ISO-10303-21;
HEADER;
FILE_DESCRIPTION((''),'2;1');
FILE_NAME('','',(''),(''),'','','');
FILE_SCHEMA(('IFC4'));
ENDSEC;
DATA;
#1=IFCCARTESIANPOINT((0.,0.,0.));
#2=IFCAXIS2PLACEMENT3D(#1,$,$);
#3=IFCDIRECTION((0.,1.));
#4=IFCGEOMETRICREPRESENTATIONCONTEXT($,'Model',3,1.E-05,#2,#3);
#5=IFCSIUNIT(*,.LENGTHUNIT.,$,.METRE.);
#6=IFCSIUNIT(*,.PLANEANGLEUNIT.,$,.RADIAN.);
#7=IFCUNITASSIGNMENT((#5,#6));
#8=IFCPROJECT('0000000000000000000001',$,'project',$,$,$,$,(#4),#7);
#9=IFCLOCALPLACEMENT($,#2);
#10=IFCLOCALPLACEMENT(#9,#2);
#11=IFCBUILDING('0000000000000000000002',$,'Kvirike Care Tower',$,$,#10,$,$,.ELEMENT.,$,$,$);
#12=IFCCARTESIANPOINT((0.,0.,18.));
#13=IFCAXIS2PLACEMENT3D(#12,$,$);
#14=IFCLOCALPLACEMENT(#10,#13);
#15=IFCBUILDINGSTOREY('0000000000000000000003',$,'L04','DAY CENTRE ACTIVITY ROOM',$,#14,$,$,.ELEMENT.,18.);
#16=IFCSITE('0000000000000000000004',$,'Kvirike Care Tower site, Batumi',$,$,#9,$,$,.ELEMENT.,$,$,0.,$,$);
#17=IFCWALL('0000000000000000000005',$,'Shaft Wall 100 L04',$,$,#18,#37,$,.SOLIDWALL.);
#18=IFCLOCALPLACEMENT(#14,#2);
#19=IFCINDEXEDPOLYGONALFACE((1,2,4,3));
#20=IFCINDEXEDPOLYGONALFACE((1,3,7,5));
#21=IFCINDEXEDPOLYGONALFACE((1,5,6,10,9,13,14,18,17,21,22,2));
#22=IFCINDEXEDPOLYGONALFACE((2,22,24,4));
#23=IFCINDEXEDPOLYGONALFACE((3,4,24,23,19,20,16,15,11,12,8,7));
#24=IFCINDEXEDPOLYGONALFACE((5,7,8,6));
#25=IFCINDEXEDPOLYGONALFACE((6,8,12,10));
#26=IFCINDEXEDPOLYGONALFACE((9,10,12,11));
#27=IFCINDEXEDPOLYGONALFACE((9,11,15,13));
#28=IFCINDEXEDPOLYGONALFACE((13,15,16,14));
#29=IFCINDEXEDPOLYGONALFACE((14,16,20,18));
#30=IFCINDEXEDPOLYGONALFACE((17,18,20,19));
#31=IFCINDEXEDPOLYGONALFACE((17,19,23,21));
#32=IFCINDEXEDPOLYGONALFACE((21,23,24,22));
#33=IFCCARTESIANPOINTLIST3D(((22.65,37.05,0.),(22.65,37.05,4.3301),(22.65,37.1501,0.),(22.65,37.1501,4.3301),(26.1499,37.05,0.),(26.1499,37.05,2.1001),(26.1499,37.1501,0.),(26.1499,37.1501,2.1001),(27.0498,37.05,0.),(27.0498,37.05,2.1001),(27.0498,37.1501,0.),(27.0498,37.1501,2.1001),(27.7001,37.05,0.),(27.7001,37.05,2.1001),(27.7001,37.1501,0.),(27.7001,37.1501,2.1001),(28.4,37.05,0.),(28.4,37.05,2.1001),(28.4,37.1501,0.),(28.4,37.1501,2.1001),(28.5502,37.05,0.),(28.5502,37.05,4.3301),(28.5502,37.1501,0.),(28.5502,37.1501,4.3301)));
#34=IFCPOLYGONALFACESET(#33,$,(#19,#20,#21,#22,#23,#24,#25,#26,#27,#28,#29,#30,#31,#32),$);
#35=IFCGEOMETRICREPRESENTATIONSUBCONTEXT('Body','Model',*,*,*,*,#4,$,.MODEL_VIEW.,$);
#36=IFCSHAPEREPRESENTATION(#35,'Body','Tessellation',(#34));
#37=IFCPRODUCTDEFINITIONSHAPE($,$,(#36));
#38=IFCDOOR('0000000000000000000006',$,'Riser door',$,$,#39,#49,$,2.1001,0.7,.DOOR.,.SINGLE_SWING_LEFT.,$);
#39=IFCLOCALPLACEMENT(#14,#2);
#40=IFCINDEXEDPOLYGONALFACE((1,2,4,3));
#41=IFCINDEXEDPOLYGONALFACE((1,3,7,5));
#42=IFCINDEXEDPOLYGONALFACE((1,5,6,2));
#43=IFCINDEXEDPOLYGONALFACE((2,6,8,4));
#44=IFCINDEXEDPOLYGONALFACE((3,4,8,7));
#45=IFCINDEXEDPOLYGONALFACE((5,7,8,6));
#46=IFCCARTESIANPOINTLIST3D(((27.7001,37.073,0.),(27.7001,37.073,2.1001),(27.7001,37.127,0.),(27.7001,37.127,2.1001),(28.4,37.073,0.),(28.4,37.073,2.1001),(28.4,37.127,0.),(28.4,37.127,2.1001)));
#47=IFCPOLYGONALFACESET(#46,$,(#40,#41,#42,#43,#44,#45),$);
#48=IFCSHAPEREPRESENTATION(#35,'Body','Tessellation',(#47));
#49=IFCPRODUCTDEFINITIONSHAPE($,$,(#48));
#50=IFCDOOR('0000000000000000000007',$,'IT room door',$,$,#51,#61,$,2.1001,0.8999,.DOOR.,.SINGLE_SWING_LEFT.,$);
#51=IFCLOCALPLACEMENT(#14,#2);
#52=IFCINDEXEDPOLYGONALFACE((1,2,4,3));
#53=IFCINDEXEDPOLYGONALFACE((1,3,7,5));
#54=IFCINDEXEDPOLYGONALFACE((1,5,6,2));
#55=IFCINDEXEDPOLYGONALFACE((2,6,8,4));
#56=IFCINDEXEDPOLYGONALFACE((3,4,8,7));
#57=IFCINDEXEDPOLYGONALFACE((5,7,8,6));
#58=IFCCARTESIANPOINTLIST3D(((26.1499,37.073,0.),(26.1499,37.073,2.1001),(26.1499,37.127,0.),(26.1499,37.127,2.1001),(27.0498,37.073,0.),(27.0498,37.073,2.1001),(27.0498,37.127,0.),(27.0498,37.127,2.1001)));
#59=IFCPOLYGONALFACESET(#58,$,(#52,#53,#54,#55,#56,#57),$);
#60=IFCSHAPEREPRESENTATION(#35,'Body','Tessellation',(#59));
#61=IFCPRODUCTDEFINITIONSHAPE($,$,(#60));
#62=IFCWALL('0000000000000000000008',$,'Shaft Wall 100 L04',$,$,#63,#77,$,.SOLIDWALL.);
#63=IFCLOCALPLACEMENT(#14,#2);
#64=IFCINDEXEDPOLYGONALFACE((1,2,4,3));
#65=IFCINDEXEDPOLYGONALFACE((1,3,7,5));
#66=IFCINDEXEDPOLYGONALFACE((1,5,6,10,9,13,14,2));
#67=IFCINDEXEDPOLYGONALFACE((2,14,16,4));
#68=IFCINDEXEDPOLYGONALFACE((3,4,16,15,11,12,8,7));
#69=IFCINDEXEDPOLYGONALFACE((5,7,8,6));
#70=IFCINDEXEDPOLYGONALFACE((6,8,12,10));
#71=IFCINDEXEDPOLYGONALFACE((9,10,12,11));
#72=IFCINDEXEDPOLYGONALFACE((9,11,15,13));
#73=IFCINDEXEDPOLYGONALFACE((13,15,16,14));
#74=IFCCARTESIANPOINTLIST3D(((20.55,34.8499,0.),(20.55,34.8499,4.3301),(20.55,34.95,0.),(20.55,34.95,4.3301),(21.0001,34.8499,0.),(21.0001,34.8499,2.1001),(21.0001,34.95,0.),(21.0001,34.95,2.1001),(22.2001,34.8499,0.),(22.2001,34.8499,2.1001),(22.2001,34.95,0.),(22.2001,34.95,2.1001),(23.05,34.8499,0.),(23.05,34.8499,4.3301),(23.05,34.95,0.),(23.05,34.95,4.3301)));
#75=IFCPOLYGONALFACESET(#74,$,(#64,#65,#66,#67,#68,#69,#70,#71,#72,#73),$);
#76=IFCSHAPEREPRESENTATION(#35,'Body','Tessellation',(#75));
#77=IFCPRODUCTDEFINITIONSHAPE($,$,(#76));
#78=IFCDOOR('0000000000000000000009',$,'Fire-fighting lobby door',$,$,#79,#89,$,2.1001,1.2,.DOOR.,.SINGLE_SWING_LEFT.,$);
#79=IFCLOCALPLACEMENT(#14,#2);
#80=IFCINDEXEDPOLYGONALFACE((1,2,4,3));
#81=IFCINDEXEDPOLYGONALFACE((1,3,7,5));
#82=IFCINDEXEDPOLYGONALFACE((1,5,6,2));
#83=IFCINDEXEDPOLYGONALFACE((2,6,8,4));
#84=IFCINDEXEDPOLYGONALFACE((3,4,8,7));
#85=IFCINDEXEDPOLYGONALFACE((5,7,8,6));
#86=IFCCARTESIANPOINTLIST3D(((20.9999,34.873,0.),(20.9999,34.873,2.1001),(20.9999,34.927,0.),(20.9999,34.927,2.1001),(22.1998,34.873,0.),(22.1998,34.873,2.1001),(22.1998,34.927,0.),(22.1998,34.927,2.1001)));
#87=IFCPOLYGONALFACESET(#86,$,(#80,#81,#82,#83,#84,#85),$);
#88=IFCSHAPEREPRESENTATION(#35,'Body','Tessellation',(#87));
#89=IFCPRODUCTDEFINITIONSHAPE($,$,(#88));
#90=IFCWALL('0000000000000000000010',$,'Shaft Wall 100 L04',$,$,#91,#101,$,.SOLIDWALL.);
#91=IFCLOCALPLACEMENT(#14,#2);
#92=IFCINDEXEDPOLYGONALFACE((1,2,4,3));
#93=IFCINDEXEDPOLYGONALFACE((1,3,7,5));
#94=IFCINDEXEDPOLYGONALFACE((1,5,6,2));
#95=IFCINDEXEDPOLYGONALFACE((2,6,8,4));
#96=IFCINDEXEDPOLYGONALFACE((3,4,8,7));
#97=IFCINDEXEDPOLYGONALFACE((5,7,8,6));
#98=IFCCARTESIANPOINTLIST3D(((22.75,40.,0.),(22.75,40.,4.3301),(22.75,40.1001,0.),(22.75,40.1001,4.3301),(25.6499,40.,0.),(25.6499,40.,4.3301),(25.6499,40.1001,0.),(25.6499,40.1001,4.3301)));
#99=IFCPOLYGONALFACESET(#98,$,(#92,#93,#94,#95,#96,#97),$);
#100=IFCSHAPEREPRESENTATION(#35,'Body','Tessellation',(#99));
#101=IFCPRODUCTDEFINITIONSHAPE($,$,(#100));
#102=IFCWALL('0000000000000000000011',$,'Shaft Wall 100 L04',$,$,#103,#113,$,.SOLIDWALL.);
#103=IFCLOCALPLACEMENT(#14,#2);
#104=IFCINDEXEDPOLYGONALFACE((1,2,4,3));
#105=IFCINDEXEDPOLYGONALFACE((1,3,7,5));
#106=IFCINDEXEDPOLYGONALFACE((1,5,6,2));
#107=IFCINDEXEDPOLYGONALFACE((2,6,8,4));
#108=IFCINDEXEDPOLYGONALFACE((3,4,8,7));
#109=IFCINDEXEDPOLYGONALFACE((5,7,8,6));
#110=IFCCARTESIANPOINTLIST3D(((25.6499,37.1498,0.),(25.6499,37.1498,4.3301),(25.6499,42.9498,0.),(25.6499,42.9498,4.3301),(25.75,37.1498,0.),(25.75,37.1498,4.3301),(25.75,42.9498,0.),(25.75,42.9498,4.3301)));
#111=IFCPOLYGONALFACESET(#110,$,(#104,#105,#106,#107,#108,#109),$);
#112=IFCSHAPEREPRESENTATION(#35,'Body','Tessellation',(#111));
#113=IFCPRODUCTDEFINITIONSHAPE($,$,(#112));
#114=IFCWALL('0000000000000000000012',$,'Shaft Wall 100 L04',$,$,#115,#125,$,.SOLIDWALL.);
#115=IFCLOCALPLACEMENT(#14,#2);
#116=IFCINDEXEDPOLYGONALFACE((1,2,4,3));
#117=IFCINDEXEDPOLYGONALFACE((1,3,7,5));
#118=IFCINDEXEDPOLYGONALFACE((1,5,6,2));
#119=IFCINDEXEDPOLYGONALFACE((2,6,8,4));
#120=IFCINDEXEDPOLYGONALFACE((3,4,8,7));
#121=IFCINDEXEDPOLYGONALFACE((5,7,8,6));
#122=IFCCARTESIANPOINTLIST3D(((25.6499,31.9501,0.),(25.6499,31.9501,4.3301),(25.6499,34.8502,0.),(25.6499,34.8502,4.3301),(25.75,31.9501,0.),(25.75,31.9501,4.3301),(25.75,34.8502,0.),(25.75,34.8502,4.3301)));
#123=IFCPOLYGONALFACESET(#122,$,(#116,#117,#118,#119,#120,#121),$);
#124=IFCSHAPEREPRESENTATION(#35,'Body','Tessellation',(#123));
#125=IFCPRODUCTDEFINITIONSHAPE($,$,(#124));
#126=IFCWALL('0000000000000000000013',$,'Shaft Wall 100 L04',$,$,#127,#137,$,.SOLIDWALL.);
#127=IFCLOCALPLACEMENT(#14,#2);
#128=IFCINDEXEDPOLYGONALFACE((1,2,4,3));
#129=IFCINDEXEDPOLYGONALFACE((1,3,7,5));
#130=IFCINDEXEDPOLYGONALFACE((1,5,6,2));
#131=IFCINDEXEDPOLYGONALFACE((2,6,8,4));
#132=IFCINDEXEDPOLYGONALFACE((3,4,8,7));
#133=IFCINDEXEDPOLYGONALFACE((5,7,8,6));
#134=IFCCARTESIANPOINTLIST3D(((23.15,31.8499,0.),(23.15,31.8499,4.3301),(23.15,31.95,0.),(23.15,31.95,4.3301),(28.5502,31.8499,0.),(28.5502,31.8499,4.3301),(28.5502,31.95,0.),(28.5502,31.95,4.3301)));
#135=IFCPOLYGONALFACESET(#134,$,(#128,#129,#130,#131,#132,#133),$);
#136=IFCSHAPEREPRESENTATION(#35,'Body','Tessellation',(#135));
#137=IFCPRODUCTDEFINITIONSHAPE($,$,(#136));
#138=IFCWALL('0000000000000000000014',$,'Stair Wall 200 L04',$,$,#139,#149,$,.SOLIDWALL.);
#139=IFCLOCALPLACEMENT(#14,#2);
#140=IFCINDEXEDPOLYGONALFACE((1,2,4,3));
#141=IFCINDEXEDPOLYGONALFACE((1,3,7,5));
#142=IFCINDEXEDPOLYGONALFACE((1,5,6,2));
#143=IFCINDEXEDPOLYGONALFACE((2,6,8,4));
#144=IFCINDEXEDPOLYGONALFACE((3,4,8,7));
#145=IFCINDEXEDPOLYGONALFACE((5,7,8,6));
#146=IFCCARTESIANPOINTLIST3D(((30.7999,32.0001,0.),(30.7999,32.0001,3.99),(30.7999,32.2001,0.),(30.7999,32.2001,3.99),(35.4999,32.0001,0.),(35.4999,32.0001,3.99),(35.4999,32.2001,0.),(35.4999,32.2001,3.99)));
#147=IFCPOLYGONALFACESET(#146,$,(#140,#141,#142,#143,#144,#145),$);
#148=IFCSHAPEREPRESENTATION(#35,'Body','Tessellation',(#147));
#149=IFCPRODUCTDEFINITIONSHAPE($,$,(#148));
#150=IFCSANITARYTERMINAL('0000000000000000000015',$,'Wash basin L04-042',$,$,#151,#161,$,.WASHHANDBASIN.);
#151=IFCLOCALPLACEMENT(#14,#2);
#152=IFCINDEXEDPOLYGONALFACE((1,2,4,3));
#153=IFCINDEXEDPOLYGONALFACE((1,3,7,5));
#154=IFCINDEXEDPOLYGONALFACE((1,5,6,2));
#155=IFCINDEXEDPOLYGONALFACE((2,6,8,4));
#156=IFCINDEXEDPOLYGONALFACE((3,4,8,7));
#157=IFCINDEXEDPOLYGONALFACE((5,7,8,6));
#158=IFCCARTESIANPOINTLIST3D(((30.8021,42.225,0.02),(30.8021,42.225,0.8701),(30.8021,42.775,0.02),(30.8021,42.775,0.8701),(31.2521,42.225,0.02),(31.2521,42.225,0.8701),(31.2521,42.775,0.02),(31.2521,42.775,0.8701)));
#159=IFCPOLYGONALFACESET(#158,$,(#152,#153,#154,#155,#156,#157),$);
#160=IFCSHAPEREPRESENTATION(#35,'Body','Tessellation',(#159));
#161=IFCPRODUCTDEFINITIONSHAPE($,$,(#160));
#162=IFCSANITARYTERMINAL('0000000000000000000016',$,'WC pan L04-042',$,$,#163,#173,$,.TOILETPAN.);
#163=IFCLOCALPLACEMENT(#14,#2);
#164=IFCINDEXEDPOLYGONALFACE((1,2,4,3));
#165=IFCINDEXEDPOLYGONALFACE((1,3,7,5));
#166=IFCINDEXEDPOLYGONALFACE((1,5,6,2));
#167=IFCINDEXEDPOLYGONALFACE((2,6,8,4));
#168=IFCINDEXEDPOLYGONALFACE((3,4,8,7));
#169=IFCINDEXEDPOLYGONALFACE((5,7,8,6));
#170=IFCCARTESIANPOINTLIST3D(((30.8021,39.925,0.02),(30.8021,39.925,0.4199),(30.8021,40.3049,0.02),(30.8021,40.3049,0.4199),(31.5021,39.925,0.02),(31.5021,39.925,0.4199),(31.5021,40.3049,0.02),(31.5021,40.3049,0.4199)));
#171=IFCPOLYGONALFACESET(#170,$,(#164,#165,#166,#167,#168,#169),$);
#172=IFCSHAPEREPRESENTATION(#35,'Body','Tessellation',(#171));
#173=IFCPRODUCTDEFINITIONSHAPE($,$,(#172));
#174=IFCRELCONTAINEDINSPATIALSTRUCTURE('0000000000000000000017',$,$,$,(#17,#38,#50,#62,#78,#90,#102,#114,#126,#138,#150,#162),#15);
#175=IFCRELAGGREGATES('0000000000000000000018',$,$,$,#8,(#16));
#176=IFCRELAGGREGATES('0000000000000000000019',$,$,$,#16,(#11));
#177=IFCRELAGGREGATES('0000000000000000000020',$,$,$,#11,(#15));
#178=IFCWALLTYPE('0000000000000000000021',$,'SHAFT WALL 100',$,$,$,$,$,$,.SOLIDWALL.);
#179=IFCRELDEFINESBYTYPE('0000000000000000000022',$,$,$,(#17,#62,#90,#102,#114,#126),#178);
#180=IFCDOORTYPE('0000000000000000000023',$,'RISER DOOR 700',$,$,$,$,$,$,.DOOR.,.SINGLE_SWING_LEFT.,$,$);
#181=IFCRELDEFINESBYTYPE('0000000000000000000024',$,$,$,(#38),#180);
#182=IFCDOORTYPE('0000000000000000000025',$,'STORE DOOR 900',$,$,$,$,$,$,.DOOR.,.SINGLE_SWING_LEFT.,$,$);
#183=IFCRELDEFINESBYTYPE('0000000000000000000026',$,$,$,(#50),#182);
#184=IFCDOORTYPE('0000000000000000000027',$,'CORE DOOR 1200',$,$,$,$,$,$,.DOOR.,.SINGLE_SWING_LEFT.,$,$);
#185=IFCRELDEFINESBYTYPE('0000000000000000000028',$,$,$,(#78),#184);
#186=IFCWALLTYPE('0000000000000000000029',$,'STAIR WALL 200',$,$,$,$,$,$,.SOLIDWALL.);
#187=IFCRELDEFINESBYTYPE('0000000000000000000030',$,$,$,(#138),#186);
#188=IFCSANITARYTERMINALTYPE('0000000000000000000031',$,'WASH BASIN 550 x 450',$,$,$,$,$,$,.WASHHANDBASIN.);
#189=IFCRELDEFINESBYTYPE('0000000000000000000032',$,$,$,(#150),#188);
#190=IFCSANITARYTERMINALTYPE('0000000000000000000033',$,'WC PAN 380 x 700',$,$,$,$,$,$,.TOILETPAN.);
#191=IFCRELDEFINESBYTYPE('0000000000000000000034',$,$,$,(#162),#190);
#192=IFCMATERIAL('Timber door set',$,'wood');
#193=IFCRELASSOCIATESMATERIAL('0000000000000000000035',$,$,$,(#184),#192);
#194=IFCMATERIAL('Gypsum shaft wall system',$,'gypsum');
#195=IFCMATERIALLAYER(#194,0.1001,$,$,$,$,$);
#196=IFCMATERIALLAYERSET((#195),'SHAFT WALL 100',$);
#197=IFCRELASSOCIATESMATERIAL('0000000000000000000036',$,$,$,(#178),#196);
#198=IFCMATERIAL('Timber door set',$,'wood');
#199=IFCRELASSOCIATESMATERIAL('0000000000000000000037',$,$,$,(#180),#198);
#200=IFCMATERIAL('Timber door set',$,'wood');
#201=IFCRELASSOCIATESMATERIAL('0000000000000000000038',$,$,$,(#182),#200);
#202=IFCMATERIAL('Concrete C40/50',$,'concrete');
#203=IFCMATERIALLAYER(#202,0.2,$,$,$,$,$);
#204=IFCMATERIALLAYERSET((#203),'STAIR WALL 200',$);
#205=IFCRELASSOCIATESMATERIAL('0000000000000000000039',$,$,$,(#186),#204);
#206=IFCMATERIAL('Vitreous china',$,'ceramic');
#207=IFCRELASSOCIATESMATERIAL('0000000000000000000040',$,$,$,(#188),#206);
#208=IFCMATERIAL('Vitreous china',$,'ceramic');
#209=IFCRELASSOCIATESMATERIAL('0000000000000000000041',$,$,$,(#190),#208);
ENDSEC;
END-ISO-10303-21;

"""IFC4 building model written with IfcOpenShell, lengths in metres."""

from ifc_helpers import new_model, si_unit, direction, frame, frame_2d, origin, origin_2d, place, context, subcontext, project, spatial, rectangle, extrude, material, layer, layer_set, type_object, element, fill, save


model = new_model("IFC4")

# Units and contexts
model_context = context("Model", 3, precision=1e-05, world=origin(), true_north=direction((0.0, 1.0)))
body_context = subcontext(model_context, "Body", "Model", "MODEL_VIEW")
ifc_project = project(units=[si_unit("LENGTHUNIT", "METRE"), si_unit("PLANEANGLEUNIT", "RADIAN")], contexts=[model_context])

# Site, building, storey
site_placement = place(None, origin())
site = spatial("IfcSite", under=ifc_project, at=site_placement, Name="Kvirike Care Tower site, Batumi", CompositionType="ELEMENT", RefElevation=0.0)
building_placement = place(site_placement, origin())
building = spatial("IfcBuilding", under=site, at=building_placement, Name="Kvirike Care Tower", CompositionType="ELEMENT")
storey_placement = place(building_placement, frame((0.0, 0.0, 18.0)))
storey = spatial("IfcBuildingStorey", under=building, at=storey_placement, Name="L04", Description="DAY CENTRE ACTIVITY ROOM", CompositionType="ELEMENT", Elevation=18.0)

# Shared definitions
ifc_material_1 = material(Name="Timber door set", Category="wood")
door_type_1 = type_object("IfcDoorType", Name="CORE DOOR 1200", OperationType="SINGLE_SWING_LEFT", PredefinedType="DOOR", material=ifc_material_1)

# Shared definitions
ifc_material_2 = material(Name="Gypsum shaft wall system", Category="gypsum")
ifc_layer_1 = layer(ifc_material_2, 0.1001)
ifc_layer_set_1 = layer_set([ifc_layer_1], Name="SHAFT WALL 100")
wall_type_1 = type_object("IfcWallType", Name="SHAFT WALL 100", PredefinedType="SOLIDWALL", material=ifc_layer_set_1)

# Wall, openings, doors
wall_1_placement = place(storey_placement, frame((22.6499, 37.1001, 0.0), z_axis=(0.0, 0.0, 1.0), x_axis=(1.0, 0.0, 0.0)))
wall_1 = element("IfcWall", 1, at=wall_1_placement, inside=storey, type_object=wall_type_1, Name="Shaft Wall 100 L04", PredefinedType="SOLIDWALL", context=body_context, shape_type="SweptSolid", body=[
    extrude(rectangle(XDim=5.9001, YDim=0.1001, at=frame_2d((2.9502, 0.0))), origin(), (0.0, 0.0, 1.0), 4.3301),
])
opening_1_placement = place(wall_1_placement, frame((3.5, 0.0, 0.0)))
opening_1 = element("IfcOpeningElement", 2, at=opening_1_placement, cuts=wall_1, PredefinedType="OPENING", context=body_context, shape_type="SweptSolid", body=[
    extrude(rectangle(XDim=0.8999, YDim=2.1001, at=frame_2d((0.45, 1.05))), frame((0.0, 0.0605, 0.0), z_axis=(0.0, -1.0, 0.0), x_axis=(1.0, 0.0, 0.0)), (0.0, 0.0, 1.0), 0.1211),
])
opening_2_placement = place(wall_1_placement, frame((5.05, 0.0, 0.0)))
opening_2 = element("IfcOpeningElement", 3, at=opening_2_placement, cuts=wall_1, PredefinedType="OPENING", context=body_context, shape_type="SweptSolid", body=[
    extrude(rectangle(XDim=0.7, YDim=2.1001, at=frame_2d((0.3501, 1.05))), frame((0.0, 0.0605, 0.0), z_axis=(0.0, -1.0, 0.0), x_axis=(1.0, 0.0, 0.0)), (0.0, 0.0, 1.0), 0.1211),
])
ifc_material_3 = material(Name="Timber door set", Category="wood")
door_type_2 = type_object("IfcDoorType", Name="RISER DOOR 700", OperationType="SINGLE_SWING_LEFT", PredefinedType="DOOR", material=ifc_material_3)
door_1_placement = place(opening_2_placement, origin())
door_1 = element("IfcDoor", 4, at=door_1_placement, inside=storey, type_object=door_type_2, Name="Riser door", OperationType="SINGLE_SWING_LEFT", OverallHeight=2.1001, OverallWidth=0.7, PredefinedType="DOOR", context=body_context, shape_type="SweptSolid", body=[
    extrude(rectangle(XDim=0.7, YDim=2.1001, at=frame_2d((0.3501, 1.05))), frame((0.0, 0.0269, 0.0), z_axis=(0.0, -1.0, 0.0), x_axis=(1.0, 0.0, 0.0)), (0.0, 0.0, 1.0), 0.054),
])
fill(opening_2, door_1)
ifc_material_4 = material(Name="Timber door set", Category="wood")
door_type_3 = type_object("IfcDoorType", Name="STORE DOOR 900", OperationType="SINGLE_SWING_LEFT", PredefinedType="DOOR", material=ifc_material_4)
door_2_placement = place(opening_1_placement, origin())
door_2 = element("IfcDoor", 5, at=door_2_placement, inside=storey, type_object=door_type_3, Name="IT room door", OperationType="SINGLE_SWING_LEFT", OverallHeight=2.1001, OverallWidth=0.8999, PredefinedType="DOOR", context=body_context, shape_type="SweptSolid", body=[
    extrude(rectangle(XDim=0.8999, YDim=2.1001, at=frame_2d((0.45, 1.05))), frame((0.0, 0.0269, 0.0), z_axis=(0.0, -1.0, 0.0), x_axis=(1.0, 0.0, 0.0)), (0.0, 0.0, 1.0), 0.054),
])
fill(opening_1, door_2)

# Wall, opening, door
wall_2_placement = place(storey_placement, frame((20.55, 34.8999, 0.0), z_axis=(0.0, 0.0, 1.0), x_axis=(1.0, 0.0, 0.0)))
wall_2 = element("IfcWall", 6, at=wall_2_placement, inside=storey, type_object=wall_type_1, Name="Shaft Wall 100 L04", PredefinedType="SOLIDWALL", context=body_context, shape_type="SweptSolid", body=[
    extrude(rectangle(XDim=2.5, YDim=0.1001, at=frame_2d((1.25, 0.0))), origin(), (0.0, 0.0, 1.0), 4.3301),
])
opening_3_placement = place(wall_2_placement, frame((0.45, 0.0, 0.0)))
opening_3 = element("IfcOpeningElement", 7, at=opening_3_placement, cuts=wall_2, PredefinedType="OPENING", context=body_context, shape_type="SweptSolid", body=[
    extrude(rectangle(XDim=1.2, YDim=2.1001, at=frame_2d((0.6001, 1.05))), frame((0.0, 0.0605, 0.0), z_axis=(0.0, -1.0, 0.0), x_axis=(1.0, 0.0, 0.0)), (0.0, 0.0, 1.0), 0.1211),
])
door_3_placement = place(opening_3_placement, frame((1.2, 0.0, 0.0), z_axis=(0.0, 0.0, 1.0), x_axis=(-1.0, 0.0, 0.0)))
door_3 = element("IfcDoor", 8, at=door_3_placement, inside=storey, type_object=door_type_1, Name="Fire-fighting lobby door", OperationType="SINGLE_SWING_LEFT", OverallHeight=2.1001, OverallWidth=1.2, PredefinedType="DOOR", context=body_context, shape_type="SweptSolid", body=[
    extrude(rectangle(XDim=1.2, YDim=2.1001, at=frame_2d((0.6001, 1.05))), frame((0.0, 0.0269, 0.0), z_axis=(0.0, -1.0, 0.0), x_axis=(1.0, 0.0, 0.0)), (0.0, 0.0, 1.0), 0.054),
])
fill(opening_3, door_3)

# Walls
wall_3_placement = place(storey_placement, frame((22.75, 40.05, 0.0), z_axis=(0.0, 0.0, 1.0), x_axis=(1.0, 0.0, 0.0)))
element("IfcWall", 9, at=wall_3_placement, inside=storey, type_object=wall_type_1, Name="Shaft Wall 100 L04", PredefinedType="SOLIDWALL", context=body_context, shape_type="SweptSolid", body=[
    extrude(rectangle(XDim=2.8999, YDim=0.1001, at=frame_2d((1.45, 0.0))), origin(), (0.0, 0.0, 1.0), 4.3301),
])
wall_4_placement = place(storey_placement, frame((25.7, 37.1499, 0.0), z_axis=(0.0, 0.0, 1.0), x_axis=(0.0, 1.0, 0.0)))
element("IfcWall", 10, at=wall_4_placement, inside=storey, type_object=wall_type_1, Name="Shaft Wall 100 L04", PredefinedType="SOLIDWALL", context=body_context, shape_type="SweptSolid", body=[
    extrude(rectangle(XDim=5.8, YDim=0.1001, at=frame_2d((2.8999, 0.0))), origin(), (0.0, 0.0, 1.0), 4.3301),
])
wall_5_placement = place(storey_placement, frame((25.7, 31.95, 0.0), z_axis=(0.0, 0.0, 1.0), x_axis=(0.0, 1.0, 0.0)))
element("IfcWall", 11, at=wall_5_placement, inside=storey, type_object=wall_type_1, Name="Shaft Wall 100 L04", PredefinedType="SOLIDWALL", context=body_context, shape_type="SweptSolid", body=[
    extrude(rectangle(XDim=2.9001, YDim=0.1001, at=frame_2d((1.4502, 0.0))), origin(), (0.0, 0.0, 1.0), 4.3301),
])
wall_6_placement = place(storey_placement, frame((23.1499, 31.8999, 0.0), z_axis=(0.0, 0.0, 1.0), x_axis=(1.0, 0.0, 0.0)))
element("IfcWall", 12, at=wall_6_placement, inside=storey, type_object=wall_type_1, Name="Shaft Wall 100 L04", PredefinedType="SOLIDWALL", context=body_context, shape_type="SweptSolid", body=[
    extrude(rectangle(XDim=5.4001, YDim=0.1001, at=frame_2d((2.7002, 0.0))), origin(), (0.0, 0.0, 1.0), 4.3301),
])
ifc_material_5 = material(Name="Concrete C40/50", Category="concrete")
ifc_layer_2 = layer(ifc_material_5, 0.2)
ifc_layer_set_2 = layer_set([ifc_layer_2], Name="STAIR WALL 200")
wall_type_2 = type_object("IfcWallType", Name="STAIR WALL 200", PredefinedType="SOLIDWALL", material=ifc_layer_set_2)
wall_7_placement = place(storey_placement, frame((35.5, 32.1001, 0.0), z_axis=(0.0, 0.0, 1.0), x_axis=(-1.0, 0.0, 0.0)))
element("IfcWall", 13, at=wall_7_placement, inside=storey, type_object=wall_type_2, Name="Stair Wall 200 L04", PredefinedType="SOLIDWALL", context=body_context, shape_type="SweptSolid", body=[
    extrude(rectangle(XDim=4.7, YDim=0.2, at=frame_2d((2.3501, 0.0))), origin(), (0.0, 0.0, 1.0), 3.99),
])

# Sanitary terminals
ifc_material_6 = material(Name="Vitreous china", Category="ceramic")
sanitary_terminal_type_1 = type_object("IfcSanitaryTerminalType", Name="WASH BASIN 550 x 450", PredefinedType="WASHHANDBASIN", material=ifc_material_6)
sanitary_terminal_1_placement = place(storey_placement, frame((31.0271, 42.5, 0.02), z_axis=(0.0, 0.0, 1.0), x_axis=(0.0, 1.0, 0.0)))
element("IfcSanitaryTerminal", 14, at=sanitary_terminal_1_placement, inside=storey, type_object=sanitary_terminal_type_1, Name="Wash basin L04-042", PredefinedType="WASHHANDBASIN", context=body_context, shape_type="SweptSolid", body=[
    extrude(rectangle(XDim=0.55, YDim=0.45, at=origin_2d()), origin(), (0.0, 0.0, 1.0), 0.8501),
])
ifc_material_7 = material(Name="Vitreous china", Category="ceramic")
sanitary_terminal_type_2 = type_object("IfcSanitaryTerminalType", Name="WC PAN 380 x 700", PredefinedType="TOILETPAN", material=ifc_material_7)
sanitary_terminal_2_placement = place(storey_placement, frame((31.1521, 40.115, 0.02), z_axis=(0.0, 0.0, 1.0), x_axis=(0.0, 1.0, 0.0)))
element("IfcSanitaryTerminal", 15, at=sanitary_terminal_2_placement, inside=storey, type_object=sanitary_terminal_type_2, Name="WC pan L04-042", PredefinedType="TOILETPAN", context=body_context, shape_type="SweptSolid", body=[
    extrude(rectangle(XDim=0.3799, YDim=0.7, at=origin_2d()), origin(), (0.0, 0.0, 1.0), 0.3999),
])

save(model, "model.ifc")
